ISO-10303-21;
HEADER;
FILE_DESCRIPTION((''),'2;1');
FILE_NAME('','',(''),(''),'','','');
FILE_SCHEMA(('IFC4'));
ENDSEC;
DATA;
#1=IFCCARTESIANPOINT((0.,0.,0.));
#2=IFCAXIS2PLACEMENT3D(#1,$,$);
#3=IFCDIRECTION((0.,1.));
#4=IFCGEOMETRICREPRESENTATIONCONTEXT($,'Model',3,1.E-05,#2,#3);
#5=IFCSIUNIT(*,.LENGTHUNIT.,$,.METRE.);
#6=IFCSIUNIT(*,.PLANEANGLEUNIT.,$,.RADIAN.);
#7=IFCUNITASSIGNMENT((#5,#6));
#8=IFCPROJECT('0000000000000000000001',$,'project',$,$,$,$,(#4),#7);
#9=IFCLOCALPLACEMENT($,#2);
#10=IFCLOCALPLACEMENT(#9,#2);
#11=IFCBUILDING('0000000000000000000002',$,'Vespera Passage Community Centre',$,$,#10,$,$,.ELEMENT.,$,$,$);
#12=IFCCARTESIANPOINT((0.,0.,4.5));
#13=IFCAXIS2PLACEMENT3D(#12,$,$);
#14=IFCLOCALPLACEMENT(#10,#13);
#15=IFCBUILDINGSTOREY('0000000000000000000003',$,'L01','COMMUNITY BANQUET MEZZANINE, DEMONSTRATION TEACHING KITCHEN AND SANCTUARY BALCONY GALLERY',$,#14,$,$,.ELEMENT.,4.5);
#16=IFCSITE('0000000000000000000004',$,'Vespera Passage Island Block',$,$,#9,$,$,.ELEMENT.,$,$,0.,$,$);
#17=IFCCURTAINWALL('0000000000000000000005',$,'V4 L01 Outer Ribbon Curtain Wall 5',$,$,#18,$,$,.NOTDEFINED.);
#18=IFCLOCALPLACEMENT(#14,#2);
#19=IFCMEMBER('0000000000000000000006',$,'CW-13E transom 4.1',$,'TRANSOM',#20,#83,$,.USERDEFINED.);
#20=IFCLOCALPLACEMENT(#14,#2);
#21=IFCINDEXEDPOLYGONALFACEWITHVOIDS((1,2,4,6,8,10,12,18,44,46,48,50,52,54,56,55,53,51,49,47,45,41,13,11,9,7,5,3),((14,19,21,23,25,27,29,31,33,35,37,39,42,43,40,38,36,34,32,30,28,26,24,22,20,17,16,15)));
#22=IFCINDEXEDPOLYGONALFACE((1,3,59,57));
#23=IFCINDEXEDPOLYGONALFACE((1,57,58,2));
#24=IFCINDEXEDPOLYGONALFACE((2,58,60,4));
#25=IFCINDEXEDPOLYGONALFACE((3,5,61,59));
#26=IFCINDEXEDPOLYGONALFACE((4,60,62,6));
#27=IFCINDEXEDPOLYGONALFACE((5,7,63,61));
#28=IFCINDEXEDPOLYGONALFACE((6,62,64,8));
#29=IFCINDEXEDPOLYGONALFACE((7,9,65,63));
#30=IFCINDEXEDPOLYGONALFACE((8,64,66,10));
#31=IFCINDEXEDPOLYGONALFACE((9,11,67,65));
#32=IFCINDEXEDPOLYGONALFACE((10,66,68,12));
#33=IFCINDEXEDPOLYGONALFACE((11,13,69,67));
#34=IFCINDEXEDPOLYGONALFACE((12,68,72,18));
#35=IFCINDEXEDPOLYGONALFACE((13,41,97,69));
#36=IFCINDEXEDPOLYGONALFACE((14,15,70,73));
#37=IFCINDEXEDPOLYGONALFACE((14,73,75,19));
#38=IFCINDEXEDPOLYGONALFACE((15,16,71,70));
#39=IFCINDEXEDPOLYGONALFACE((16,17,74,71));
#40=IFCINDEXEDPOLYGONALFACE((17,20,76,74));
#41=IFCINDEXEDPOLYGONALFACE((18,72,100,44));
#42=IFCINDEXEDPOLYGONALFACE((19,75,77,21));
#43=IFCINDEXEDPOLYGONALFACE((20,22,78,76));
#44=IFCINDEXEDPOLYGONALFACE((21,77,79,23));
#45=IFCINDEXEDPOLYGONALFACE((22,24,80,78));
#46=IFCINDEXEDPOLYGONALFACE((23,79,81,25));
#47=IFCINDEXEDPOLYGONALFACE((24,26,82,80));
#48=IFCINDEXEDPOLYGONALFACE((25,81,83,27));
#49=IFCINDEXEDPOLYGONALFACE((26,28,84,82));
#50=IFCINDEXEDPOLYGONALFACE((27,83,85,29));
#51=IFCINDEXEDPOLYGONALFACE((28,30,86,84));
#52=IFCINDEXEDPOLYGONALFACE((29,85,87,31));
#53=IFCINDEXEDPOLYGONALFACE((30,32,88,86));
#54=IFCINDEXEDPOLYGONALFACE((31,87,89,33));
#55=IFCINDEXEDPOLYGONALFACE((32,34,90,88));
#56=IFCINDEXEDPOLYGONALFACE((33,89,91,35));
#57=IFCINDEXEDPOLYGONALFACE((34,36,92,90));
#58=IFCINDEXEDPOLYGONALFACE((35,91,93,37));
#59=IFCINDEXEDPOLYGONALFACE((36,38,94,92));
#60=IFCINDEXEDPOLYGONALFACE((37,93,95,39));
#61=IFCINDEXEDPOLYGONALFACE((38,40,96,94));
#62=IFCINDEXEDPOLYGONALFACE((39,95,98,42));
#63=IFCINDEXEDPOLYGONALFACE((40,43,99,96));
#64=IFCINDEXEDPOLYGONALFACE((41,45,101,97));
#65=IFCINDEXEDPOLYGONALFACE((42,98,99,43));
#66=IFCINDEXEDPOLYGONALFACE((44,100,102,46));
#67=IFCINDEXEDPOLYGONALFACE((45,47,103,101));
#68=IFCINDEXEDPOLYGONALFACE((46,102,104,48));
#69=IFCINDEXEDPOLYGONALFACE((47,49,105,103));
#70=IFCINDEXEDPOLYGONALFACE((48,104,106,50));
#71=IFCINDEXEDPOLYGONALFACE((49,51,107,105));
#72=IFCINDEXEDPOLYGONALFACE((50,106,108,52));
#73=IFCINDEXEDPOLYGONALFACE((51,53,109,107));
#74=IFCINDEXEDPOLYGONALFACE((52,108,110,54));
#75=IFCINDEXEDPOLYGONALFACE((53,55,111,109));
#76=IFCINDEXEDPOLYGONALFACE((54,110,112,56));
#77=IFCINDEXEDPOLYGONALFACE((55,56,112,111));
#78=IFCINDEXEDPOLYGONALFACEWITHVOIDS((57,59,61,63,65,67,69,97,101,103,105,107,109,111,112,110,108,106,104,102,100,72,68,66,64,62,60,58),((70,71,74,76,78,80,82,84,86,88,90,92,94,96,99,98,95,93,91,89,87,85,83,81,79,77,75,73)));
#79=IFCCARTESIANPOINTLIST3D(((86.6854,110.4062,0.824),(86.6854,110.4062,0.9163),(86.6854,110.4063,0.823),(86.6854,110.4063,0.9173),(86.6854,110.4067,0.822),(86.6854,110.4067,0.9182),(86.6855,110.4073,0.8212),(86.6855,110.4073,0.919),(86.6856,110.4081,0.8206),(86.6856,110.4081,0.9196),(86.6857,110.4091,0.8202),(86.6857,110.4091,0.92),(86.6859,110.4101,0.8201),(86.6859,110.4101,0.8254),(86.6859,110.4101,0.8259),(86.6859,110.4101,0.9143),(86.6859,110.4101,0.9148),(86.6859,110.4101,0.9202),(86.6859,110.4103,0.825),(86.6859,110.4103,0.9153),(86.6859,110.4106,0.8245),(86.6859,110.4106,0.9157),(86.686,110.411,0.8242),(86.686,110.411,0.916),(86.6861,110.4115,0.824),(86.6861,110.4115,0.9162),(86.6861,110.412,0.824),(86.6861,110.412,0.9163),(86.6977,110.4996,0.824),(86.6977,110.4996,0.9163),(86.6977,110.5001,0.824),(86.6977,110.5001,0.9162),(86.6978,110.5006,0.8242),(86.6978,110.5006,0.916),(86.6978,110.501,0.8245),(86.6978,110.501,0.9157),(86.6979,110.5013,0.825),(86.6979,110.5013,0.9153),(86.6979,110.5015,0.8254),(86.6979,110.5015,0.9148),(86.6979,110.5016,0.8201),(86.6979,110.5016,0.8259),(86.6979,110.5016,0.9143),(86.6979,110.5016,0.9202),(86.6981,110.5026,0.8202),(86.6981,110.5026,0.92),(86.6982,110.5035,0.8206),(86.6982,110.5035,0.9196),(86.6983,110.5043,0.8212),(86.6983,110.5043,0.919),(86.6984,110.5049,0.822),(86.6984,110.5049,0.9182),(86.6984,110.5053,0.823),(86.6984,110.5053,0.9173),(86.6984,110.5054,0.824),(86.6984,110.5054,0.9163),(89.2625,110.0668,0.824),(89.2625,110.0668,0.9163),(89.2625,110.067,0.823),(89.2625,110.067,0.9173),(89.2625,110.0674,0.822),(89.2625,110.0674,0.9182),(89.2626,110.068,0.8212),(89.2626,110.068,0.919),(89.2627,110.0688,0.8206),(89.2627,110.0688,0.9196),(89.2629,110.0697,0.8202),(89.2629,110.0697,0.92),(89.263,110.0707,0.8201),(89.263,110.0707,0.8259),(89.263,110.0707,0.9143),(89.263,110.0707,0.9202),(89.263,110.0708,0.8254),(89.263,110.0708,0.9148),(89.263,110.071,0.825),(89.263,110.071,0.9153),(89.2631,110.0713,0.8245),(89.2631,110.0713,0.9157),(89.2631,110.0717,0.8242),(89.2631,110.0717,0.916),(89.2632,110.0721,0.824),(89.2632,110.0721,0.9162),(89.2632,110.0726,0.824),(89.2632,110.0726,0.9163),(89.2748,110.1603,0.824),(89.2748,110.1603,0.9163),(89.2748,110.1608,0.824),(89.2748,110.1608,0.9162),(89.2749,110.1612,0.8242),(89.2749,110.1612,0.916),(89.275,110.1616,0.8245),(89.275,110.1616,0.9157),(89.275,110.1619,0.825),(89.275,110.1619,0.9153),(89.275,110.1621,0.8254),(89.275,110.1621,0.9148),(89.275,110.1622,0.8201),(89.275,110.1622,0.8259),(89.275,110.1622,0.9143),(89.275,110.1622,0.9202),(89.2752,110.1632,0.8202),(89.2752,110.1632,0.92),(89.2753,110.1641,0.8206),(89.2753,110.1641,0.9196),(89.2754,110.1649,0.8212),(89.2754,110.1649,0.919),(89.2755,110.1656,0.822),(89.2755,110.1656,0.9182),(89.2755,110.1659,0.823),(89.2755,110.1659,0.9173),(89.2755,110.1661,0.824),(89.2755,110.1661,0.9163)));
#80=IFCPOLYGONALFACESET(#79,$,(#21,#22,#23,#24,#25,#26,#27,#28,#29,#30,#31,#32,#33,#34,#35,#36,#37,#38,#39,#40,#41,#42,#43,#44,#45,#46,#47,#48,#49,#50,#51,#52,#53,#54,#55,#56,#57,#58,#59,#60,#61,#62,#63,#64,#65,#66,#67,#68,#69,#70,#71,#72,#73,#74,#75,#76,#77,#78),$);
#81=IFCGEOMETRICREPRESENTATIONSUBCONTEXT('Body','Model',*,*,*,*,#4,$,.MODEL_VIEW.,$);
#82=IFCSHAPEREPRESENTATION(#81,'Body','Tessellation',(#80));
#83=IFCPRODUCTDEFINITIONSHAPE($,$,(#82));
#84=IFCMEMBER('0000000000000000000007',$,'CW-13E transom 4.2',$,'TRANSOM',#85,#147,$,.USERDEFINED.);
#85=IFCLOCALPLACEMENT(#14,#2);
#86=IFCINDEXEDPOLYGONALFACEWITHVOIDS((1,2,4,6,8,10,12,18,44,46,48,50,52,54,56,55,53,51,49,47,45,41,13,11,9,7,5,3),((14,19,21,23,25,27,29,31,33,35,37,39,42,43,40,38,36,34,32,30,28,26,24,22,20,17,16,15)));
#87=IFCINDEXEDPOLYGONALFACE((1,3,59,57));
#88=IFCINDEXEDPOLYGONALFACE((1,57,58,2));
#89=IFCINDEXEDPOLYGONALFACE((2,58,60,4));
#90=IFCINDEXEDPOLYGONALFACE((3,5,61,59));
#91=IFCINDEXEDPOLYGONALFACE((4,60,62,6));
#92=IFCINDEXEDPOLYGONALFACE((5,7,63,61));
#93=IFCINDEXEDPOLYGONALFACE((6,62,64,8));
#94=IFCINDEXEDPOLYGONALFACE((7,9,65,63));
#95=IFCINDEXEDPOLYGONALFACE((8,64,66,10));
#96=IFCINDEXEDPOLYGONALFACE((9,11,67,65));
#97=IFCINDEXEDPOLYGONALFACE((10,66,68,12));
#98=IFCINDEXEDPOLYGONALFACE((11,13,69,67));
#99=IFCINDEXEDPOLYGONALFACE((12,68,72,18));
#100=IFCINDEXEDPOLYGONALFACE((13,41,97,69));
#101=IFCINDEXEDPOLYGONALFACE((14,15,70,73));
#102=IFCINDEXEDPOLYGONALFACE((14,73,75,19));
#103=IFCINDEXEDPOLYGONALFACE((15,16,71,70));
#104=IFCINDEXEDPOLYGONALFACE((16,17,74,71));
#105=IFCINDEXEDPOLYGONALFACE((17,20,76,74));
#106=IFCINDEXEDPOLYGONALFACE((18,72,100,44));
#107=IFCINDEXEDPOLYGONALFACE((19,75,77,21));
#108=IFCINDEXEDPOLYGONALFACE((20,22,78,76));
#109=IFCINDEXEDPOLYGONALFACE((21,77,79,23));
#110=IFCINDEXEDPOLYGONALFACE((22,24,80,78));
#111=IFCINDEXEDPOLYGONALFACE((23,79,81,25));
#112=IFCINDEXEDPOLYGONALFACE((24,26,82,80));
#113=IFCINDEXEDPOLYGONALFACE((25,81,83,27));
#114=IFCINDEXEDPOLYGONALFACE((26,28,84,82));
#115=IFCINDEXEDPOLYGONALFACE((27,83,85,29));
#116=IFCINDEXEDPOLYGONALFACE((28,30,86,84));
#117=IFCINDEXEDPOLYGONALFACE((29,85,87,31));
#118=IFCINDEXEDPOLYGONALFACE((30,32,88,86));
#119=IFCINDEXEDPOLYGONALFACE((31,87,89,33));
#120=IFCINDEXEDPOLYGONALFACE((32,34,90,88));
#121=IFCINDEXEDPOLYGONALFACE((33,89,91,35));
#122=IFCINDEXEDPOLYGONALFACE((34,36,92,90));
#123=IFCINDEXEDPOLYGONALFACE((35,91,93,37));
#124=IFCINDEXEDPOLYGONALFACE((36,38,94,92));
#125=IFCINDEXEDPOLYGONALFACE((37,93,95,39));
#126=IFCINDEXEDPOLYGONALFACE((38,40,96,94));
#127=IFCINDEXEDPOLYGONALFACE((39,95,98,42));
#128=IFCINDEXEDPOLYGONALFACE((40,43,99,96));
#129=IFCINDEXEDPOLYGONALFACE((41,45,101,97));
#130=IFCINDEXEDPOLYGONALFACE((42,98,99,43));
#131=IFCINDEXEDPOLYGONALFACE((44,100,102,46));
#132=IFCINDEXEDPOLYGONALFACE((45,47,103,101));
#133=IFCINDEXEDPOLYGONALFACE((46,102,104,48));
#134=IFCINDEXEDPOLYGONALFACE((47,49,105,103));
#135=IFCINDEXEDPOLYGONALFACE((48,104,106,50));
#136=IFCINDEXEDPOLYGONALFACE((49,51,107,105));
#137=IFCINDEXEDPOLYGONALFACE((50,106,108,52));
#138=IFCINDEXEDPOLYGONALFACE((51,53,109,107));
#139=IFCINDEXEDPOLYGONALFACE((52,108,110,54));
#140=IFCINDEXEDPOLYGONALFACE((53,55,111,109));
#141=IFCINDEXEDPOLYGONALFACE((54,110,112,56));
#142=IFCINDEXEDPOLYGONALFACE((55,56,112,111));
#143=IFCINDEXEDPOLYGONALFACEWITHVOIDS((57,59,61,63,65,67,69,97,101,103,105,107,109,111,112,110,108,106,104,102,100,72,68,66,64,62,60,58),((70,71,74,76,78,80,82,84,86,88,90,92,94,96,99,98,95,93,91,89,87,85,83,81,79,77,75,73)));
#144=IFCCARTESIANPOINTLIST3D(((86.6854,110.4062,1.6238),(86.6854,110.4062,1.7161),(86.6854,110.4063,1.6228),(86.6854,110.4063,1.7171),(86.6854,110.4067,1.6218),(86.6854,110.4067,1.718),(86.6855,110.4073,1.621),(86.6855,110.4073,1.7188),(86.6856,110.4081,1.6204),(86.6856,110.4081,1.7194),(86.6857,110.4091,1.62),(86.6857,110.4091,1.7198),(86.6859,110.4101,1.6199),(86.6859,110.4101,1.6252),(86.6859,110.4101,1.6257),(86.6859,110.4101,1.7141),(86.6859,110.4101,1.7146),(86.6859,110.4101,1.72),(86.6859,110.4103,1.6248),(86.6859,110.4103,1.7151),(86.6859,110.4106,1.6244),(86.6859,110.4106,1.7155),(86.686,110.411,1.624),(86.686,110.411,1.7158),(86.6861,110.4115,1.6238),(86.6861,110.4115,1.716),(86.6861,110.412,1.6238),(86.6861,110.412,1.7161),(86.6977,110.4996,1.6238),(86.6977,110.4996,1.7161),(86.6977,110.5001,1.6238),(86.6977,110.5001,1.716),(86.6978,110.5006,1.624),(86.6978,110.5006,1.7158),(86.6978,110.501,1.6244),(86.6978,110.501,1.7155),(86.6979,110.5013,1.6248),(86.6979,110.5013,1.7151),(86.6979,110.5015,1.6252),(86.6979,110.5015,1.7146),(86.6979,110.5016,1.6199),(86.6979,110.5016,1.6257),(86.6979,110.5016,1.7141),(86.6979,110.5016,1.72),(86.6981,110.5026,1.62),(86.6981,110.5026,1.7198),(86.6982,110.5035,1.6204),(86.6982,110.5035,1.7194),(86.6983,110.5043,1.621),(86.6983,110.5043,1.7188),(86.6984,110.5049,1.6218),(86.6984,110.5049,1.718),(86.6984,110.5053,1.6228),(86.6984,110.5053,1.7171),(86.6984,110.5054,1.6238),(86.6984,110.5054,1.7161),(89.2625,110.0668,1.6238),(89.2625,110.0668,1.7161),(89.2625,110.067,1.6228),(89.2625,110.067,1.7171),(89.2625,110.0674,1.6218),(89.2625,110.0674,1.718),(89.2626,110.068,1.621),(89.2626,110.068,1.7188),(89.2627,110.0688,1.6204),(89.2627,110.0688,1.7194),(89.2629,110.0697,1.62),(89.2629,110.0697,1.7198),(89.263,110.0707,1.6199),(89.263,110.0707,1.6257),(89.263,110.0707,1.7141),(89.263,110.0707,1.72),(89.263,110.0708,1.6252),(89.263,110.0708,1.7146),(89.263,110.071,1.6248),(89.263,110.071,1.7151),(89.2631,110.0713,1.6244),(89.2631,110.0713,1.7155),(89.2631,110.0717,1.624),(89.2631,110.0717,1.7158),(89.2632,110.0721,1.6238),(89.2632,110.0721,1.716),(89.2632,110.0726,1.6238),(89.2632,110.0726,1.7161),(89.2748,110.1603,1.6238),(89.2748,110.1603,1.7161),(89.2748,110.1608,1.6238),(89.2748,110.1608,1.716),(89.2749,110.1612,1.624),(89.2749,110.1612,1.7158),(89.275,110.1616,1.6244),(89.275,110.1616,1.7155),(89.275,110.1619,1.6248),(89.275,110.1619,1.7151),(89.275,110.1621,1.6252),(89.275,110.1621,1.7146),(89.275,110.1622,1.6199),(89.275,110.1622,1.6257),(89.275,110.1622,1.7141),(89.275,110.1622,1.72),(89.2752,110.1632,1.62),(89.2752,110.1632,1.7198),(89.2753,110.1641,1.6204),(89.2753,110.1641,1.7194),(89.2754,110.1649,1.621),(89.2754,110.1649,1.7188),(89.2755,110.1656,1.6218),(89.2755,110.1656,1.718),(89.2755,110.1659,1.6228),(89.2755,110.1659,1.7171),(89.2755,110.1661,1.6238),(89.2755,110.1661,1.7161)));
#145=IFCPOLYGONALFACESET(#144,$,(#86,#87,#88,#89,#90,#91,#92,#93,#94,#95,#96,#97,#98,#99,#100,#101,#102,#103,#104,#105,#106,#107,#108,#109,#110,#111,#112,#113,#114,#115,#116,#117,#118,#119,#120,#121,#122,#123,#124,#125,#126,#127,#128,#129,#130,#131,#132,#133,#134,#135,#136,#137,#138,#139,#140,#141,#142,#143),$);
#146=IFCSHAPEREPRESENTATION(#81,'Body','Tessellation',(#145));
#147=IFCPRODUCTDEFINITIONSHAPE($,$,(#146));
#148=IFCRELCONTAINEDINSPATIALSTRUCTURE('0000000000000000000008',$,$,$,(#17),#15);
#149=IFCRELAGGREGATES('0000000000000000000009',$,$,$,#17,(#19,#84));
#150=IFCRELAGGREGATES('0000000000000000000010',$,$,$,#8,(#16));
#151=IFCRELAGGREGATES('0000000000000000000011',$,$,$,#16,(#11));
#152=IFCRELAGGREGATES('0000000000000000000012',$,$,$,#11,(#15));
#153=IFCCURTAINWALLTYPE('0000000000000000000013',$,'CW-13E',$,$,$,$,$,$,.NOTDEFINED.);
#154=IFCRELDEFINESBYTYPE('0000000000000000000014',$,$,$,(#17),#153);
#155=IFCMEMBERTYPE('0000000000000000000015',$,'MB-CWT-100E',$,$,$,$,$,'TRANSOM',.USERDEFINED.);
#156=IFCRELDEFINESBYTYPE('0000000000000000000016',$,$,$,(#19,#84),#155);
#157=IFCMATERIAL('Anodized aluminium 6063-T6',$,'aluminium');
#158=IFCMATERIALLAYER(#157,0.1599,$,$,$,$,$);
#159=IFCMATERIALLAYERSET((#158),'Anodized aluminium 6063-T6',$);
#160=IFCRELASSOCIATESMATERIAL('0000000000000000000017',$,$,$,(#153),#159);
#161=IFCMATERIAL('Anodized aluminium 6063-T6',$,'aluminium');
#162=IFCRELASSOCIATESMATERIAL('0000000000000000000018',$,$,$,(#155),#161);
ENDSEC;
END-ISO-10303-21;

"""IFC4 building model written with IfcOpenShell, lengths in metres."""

from ifc_helpers import new_model, si_unit, direction, frame, origin, origin_2d, place, context, subcontext, project, spatial, hollow_rectangle, extrude, material, layer, layer_set, material_profile, profile_set, type_object, element, aggregate, save


model = new_model("IFC4")

# Units and contexts
model_context = context("Model", 3, precision=1e-05, world=origin(), true_north=direction((0.0, 1.0)))
body_context = subcontext(model_context, "Body", "Model", "MODEL_VIEW")
ifc_project = project(units=[si_unit("LENGTHUNIT", "METRE"), si_unit("PLANEANGLEUNIT", "RADIAN")], contexts=[model_context])

# Site, building, storey
site_placement = place(None, origin())
site = spatial("IfcSite", under=ifc_project, at=site_placement, Name="Vespera Passage Island Block", CompositionType="ELEMENT", RefElevation=0.0)
building_placement = place(site_placement, origin())
building = spatial("IfcBuilding", under=site, at=building_placement, Name="Vespera Passage Community Centre", CompositionType="ELEMENT")
storey_placement = place(building_placement, frame((0.0, 0.0, 4.5)))
storey = spatial("IfcBuildingStorey", under=building, at=storey_placement, Name="L01", Description="COMMUNITY BANQUET MEZZANINE, DEMONSTRATION TEACHING KITCHEN AND SANCTUARY BALCONY GALLERY", CompositionType="ELEMENT", Elevation=4.5)

# Curtain wall, members
ifc_material_1 = material(Name="Anodized aluminium 6063-T6", Category="aluminium")
ifc_layer_1 = layer(ifc_material_1, 0.1599)
ifc_layer_set_1 = layer_set([ifc_layer_1], Name="Anodized aluminium 6063-T6")
curtain_wall_type_1 = type_object("IfcCurtainWallType", Name="CW-13E", PredefinedType="NOTDEFINED", material=ifc_layer_set_1)
curtain_wall_1_placement = place(storey_placement, origin())
curtain_wall_1 = element("IfcCurtainWall", 1, at=curtain_wall_1_placement, inside=storey, type_object=curtain_wall_type_1, Name="V4 L01 Outer Ribbon Curtain Wall 5", PredefinedType="NOTDEFINED")
ifc_material_2 = material(Name="Anodized aluminium 6063-T6", Category="aluminium")
ifc_material_profile_1 = material_profile(ifc_material_2, hollow_rectangle(XDim=0.1001, YDim=0.1001, WallThickness=0.0039, InnerFilletRadius=0.002, OuterFilletRadius=0.0039, at=origin_2d()), Name="ALU100X100X4")
ifc_profile_set_1 = profile_set([ifc_material_profile_1], Name="Anodized aluminium 6063-T6")
member_type_1 = type_object("IfcMemberType", Name="MB-CWT-100E", ElementType="TRANSOM", PredefinedType="USERDEFINED", material=ifc_profile_set_1)
member_1_placement = place(storey_placement, frame((86.6919, 110.4558, 0.8701), z_axis=(0.991442, -0.130552, 0.0), x_axis=(0.130552, 0.991442, 0.0)))
member_1 = element("IfcMember", 2, at=member_1_placement, type_object=member_type_1, Name="CW-13E transom 4.1", ObjectType="TRANSOM", PredefinedType="USERDEFINED", context=body_context, shape_type="SweptSolid", body=[
    extrude(hollow_rectangle(XDim=0.1001, YDim=0.1001, WallThickness=0.0039, InnerFilletRadius=0.002, OuterFilletRadius=0.0039, at=origin_2d()), origin(), (0.0, 0.0, 1.0), 2.5994),
])
member_2_placement = place(storey_placement, frame((86.6919, 110.4558, 1.6699), z_axis=(0.991442, -0.130552, 0.0), x_axis=(0.130552, 0.991442, 0.0)))
member_2 = element("IfcMember", 3, at=member_2_placement, type_object=member_type_1, Name="CW-13E transom 4.2", ObjectType="TRANSOM", PredefinedType="USERDEFINED", context=body_context, shape_type="SweptSolid", body=[
    extrude(hollow_rectangle(XDim=0.1001, YDim=0.1001, WallThickness=0.0039, InnerFilletRadius=0.002, OuterFilletRadius=0.0039, at=origin_2d()), origin(), (0.0, 0.0, 1.0), 2.5994),
])

aggregate(curtain_wall_1, [member_1, member_2])

save(model, "model.ifc")
